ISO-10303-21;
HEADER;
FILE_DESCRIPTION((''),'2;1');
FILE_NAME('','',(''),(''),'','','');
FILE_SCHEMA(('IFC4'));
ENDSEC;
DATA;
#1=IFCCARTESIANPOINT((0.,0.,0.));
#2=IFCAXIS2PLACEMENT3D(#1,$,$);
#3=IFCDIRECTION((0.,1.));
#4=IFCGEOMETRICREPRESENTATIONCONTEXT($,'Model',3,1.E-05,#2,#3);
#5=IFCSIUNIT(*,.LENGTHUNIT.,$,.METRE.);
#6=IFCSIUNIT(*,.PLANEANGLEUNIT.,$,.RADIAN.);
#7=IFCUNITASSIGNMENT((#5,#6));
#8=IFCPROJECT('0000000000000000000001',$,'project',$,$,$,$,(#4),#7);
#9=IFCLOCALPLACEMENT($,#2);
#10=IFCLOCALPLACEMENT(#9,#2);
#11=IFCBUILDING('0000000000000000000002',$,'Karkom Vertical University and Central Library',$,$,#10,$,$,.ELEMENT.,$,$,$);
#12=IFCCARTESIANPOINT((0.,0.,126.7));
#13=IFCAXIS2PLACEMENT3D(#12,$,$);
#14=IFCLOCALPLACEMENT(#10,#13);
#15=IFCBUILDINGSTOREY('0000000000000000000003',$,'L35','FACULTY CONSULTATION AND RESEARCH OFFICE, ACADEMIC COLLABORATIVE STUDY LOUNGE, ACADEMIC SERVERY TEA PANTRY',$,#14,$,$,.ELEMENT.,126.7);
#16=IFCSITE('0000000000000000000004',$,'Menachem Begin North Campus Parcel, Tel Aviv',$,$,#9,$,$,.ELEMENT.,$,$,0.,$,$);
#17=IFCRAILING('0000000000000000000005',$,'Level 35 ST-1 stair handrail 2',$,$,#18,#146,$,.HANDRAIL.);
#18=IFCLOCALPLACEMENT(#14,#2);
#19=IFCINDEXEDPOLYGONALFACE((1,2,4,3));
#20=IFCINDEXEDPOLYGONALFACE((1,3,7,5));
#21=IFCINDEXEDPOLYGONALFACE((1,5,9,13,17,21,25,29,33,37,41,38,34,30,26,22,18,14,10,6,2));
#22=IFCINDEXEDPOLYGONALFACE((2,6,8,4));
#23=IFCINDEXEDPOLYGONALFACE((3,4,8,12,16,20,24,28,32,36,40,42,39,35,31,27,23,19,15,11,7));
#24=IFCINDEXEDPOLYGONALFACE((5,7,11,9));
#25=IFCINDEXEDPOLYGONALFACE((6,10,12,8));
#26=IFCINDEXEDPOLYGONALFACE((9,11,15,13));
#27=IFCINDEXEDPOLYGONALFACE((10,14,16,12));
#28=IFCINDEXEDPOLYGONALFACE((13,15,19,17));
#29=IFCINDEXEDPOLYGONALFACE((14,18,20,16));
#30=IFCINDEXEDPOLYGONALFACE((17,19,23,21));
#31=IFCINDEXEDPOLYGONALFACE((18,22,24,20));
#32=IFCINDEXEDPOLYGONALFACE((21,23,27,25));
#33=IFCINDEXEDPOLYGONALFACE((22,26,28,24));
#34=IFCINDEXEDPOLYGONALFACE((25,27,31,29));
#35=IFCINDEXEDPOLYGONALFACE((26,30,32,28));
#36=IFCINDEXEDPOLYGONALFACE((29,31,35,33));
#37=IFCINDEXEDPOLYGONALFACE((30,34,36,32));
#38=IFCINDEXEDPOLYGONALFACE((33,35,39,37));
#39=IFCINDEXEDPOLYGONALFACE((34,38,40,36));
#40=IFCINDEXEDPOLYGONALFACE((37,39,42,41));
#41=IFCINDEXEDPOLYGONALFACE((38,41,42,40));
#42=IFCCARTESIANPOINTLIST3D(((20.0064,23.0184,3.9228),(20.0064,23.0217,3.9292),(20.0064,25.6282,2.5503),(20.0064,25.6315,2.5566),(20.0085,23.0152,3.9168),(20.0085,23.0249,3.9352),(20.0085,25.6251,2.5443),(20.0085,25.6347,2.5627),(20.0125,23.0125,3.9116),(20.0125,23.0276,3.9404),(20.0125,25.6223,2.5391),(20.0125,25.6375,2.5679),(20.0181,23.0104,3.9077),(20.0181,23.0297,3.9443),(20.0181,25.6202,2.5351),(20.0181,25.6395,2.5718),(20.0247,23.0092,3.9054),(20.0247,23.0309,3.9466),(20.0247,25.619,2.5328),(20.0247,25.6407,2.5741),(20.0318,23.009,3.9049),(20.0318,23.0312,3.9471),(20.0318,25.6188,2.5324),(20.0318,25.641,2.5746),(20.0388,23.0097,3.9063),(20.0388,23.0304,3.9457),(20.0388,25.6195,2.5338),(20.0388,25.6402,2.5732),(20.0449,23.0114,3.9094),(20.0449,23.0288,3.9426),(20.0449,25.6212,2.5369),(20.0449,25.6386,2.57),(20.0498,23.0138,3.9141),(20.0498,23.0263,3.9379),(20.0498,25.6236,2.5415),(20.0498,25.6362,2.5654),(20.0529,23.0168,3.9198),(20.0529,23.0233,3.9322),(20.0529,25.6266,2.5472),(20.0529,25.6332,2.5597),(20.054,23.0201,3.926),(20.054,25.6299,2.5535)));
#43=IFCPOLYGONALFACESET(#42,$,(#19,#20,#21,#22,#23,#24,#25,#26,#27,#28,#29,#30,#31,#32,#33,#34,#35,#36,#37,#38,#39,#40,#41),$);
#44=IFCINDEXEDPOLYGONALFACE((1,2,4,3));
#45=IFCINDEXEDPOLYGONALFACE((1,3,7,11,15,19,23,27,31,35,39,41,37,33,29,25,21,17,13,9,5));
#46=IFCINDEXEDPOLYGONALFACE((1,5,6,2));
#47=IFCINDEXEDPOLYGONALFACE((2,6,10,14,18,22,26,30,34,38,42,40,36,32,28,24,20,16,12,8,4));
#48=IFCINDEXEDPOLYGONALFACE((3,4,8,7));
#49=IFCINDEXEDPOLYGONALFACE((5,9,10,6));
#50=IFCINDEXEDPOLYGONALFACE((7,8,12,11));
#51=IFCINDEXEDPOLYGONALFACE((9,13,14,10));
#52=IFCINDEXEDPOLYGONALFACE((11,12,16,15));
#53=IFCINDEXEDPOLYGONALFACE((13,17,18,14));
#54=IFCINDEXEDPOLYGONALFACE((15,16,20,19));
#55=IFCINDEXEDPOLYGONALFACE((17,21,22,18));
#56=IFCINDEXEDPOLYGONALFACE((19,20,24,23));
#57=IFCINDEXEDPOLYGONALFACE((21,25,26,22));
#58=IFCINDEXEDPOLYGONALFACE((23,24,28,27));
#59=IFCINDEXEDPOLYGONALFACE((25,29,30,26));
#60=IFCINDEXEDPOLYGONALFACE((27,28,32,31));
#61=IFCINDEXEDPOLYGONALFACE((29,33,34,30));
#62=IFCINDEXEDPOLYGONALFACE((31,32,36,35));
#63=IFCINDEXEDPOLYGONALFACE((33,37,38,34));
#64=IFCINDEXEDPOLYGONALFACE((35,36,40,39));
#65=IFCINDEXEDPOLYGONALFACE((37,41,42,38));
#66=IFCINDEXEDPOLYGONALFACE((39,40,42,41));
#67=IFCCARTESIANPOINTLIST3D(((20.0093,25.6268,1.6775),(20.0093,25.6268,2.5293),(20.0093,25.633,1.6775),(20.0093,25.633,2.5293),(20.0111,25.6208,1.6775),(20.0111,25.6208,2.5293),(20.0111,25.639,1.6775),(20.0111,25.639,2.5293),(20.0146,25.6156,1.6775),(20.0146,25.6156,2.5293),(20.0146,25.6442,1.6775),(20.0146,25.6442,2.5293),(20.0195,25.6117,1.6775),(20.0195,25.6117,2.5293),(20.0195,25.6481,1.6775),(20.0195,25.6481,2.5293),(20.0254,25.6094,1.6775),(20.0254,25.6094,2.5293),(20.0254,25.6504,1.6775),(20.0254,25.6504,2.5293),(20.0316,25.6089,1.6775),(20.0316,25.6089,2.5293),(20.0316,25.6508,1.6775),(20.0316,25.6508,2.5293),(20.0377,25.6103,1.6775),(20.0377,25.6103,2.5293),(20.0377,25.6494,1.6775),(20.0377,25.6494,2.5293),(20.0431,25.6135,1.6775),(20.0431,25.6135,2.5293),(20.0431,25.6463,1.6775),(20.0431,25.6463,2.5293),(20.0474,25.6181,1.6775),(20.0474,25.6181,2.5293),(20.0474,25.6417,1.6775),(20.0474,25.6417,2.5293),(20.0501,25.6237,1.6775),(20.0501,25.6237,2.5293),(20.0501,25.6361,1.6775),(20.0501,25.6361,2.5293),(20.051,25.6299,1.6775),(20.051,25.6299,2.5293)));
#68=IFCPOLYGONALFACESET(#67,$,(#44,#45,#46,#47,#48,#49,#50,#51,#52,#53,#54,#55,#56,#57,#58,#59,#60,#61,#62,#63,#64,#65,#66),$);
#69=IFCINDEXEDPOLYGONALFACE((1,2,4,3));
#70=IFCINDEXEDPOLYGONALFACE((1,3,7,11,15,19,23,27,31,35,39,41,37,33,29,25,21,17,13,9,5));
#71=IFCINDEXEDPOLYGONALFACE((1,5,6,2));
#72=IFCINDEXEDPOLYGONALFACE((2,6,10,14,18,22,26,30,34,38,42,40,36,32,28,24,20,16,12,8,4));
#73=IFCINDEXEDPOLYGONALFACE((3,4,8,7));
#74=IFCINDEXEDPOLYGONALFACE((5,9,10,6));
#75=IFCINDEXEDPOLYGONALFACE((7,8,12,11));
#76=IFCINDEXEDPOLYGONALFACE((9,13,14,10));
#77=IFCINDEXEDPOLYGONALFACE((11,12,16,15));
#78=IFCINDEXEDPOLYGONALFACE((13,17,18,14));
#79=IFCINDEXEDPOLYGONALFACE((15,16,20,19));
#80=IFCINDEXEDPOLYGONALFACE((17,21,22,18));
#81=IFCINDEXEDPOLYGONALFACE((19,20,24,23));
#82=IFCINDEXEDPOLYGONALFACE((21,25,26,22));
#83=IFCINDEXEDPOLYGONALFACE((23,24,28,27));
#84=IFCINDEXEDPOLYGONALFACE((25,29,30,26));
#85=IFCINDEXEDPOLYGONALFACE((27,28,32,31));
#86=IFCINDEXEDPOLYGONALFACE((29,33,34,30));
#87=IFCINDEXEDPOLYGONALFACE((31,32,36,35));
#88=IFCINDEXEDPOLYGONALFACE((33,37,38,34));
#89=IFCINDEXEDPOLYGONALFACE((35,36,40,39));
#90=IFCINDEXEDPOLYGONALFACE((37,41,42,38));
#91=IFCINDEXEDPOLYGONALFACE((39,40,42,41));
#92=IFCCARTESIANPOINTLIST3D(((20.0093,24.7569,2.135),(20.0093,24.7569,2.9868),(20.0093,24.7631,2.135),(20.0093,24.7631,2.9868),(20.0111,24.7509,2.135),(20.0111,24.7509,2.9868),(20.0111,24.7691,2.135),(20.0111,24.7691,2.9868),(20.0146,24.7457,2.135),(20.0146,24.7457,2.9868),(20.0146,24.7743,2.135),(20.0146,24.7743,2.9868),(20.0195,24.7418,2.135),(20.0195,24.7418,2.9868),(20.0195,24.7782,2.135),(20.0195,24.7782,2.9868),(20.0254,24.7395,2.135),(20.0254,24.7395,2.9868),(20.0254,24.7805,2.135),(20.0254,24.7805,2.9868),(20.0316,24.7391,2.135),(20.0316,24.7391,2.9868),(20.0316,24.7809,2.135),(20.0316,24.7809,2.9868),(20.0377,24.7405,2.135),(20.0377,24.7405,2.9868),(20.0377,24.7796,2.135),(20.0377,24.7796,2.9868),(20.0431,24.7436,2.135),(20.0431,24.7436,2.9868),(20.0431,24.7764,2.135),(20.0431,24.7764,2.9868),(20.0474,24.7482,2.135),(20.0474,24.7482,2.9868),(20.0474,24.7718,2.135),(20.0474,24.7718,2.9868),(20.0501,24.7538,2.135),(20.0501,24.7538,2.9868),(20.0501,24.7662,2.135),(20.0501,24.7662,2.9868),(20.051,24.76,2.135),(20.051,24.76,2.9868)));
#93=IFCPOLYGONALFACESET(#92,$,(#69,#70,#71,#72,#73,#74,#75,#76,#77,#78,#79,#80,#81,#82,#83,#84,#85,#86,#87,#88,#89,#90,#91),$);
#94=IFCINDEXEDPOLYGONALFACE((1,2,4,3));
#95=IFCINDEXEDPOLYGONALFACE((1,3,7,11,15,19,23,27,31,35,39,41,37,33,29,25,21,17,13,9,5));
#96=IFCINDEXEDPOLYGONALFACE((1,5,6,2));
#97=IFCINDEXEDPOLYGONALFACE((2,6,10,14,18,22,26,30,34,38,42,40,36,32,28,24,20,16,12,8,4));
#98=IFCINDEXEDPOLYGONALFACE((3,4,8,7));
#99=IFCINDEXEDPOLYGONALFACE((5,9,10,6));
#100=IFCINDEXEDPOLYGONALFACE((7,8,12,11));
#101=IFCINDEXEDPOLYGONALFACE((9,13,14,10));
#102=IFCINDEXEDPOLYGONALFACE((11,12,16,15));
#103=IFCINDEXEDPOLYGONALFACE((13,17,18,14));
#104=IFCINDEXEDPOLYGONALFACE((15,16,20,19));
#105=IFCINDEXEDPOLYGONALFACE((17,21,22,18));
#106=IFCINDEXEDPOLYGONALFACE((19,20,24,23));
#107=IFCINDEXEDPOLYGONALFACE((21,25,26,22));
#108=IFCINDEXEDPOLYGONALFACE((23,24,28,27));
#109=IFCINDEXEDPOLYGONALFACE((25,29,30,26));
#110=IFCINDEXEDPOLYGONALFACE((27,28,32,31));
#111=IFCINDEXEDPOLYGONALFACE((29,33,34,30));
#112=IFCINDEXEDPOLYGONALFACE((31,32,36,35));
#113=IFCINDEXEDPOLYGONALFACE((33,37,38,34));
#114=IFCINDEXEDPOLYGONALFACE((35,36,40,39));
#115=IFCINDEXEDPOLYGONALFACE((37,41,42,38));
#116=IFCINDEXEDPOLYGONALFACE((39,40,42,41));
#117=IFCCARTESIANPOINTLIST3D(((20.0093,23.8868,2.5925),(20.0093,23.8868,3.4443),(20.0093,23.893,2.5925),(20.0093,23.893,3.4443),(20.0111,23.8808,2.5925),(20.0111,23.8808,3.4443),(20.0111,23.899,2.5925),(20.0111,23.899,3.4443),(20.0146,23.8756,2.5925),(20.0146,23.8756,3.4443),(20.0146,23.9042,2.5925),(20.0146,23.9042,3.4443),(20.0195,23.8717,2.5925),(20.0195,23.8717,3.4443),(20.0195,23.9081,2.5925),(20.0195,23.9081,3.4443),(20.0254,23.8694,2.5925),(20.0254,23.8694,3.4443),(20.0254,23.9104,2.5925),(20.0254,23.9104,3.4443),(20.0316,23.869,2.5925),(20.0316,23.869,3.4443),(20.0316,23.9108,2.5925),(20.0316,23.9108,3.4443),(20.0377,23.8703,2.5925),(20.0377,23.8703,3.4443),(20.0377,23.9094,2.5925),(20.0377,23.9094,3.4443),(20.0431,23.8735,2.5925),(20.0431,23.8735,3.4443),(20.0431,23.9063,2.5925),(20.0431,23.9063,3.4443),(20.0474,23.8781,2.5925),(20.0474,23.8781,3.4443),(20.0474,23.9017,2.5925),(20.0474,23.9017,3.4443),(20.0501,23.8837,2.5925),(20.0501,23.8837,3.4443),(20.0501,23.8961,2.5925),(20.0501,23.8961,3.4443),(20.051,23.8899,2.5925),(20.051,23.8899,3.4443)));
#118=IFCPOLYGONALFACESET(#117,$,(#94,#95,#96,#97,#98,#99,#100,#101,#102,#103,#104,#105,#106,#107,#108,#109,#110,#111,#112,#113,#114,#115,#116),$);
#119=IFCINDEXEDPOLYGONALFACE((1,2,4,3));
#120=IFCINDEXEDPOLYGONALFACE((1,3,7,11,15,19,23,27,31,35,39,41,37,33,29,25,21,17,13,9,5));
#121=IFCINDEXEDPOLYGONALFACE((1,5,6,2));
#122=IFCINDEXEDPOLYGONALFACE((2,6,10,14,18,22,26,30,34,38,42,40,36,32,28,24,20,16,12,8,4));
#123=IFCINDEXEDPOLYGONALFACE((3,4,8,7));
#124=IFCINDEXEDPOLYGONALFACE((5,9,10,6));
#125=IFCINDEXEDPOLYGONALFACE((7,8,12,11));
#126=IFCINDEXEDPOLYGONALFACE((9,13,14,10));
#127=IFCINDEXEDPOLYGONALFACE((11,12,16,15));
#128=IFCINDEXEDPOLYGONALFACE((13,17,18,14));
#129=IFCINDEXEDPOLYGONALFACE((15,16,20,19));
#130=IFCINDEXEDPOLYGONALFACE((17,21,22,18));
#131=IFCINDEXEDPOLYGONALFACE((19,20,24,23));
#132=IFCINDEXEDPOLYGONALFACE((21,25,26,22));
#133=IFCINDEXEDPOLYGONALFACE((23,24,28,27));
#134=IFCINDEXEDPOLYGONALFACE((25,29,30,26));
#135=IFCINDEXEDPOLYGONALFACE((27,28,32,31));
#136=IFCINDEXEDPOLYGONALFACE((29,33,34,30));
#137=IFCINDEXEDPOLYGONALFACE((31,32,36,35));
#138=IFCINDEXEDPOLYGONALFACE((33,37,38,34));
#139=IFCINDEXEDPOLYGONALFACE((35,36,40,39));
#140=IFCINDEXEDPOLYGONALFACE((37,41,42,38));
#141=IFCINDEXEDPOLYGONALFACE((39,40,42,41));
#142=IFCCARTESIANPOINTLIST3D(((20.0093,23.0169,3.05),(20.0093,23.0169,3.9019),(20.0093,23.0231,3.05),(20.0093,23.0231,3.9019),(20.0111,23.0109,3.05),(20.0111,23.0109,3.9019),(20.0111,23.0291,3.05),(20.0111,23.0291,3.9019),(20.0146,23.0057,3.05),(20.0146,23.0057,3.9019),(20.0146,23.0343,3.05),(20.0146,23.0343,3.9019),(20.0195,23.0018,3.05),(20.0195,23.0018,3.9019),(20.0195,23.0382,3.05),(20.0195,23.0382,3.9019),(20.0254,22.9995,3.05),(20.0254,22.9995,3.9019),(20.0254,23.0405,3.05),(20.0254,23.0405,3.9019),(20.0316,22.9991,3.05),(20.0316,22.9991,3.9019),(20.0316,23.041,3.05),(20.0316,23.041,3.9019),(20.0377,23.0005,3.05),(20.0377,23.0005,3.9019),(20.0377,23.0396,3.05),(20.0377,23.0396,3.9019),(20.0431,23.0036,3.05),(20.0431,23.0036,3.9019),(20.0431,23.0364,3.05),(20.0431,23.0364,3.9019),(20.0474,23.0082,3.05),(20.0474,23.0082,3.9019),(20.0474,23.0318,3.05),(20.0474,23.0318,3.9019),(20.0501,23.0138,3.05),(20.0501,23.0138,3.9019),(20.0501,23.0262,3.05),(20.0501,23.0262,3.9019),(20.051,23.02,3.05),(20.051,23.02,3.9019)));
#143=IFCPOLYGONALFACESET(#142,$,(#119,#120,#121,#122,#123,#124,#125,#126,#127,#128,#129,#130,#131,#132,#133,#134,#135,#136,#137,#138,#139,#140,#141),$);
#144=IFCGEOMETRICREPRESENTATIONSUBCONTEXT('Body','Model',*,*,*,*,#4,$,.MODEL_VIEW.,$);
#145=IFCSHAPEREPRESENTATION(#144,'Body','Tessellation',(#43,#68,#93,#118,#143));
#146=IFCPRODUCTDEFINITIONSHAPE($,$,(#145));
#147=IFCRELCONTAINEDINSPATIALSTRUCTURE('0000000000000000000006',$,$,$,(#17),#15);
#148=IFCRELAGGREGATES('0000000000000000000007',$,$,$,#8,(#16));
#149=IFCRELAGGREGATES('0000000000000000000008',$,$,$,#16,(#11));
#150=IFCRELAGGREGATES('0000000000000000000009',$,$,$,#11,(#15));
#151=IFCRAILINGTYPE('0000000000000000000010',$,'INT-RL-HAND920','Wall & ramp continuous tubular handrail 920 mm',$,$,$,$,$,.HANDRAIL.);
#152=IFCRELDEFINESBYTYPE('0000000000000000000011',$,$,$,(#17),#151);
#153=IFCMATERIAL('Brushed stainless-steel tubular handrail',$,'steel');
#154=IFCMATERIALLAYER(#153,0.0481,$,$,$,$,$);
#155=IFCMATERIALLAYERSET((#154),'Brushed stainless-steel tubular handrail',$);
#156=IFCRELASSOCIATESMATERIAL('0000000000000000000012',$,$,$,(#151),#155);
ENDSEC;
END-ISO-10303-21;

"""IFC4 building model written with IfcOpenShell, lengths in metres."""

from ifc_helpers import new_model, si_unit, direction, frame, origin, origin_2d, place, context, subcontext, project, spatial, circle, extrude, material, layer, layer_set, type_object, element, save


model = new_model("IFC4")

# Units and contexts
model_context = context("Model", 3, precision=1e-05, world=origin(), true_north=direction((0.0, 1.0)))
body_context = subcontext(model_context, "Body", "Model", "MODEL_VIEW")
ifc_project = project(units=[si_unit("LENGTHUNIT", "METRE"), si_unit("PLANEANGLEUNIT", "RADIAN")], contexts=[model_context])

# Site, building, storey
site_placement = place(None, origin())
site = spatial("IfcSite", under=ifc_project, at=site_placement, Name="Menachem Begin North Campus Parcel, Tel Aviv", CompositionType="ELEMENT", RefElevation=0.0)
building_placement = place(site_placement, origin())
building = spatial("IfcBuilding", under=site, at=building_placement, Name="Karkom Vertical University and Central Library", CompositionType="ELEMENT")
storey_placement = place(building_placement, frame((0.0, 0.0, 126.7)))
storey = spatial("IfcBuildingStorey", under=building, at=storey_placement, Name="L35", Description="FACULTY CONSULTATION AND RESEARCH OFFICE, ACADEMIC COLLABORATIVE STUDY LOUNGE, ACADEMIC SERVERY TEA PANTRY", CompositionType="ELEMENT", Elevation=126.7)

# Railing
ifc_material_1 = material(Name="Brushed stainless-steel tubular handrail", Category="steel")
ifc_layer_1 = layer(ifc_material_1, 0.0481)
ifc_layer_set_1 = layer_set([ifc_layer_1], Name="Brushed stainless-steel tubular handrail")
railing_type_1 = type_object("IfcRailingType", Name="INT-RL-HAND920", Description="Wall & ramp continuous tubular handrail 920 mm", PredefinedType="HANDRAIL", material=ifc_layer_set_1)
railing_1_placement = place(storey_placement, frame((20.03, 25.6299, 1.6775)))
element("IfcRailing", 1, at=railing_1_placement, inside=storey, type_object=railing_type_1, Name="Level 35 ST-1 stair handrail 2", PredefinedType="HANDRAIL", context=body_context, shape_type="SweptSolid", body=[
    extrude(circle(Radius=0.0239, at=origin_2d()), frame((0.0, 0.0, 0.876), z_axis=(0.0, -0.885065, 0.465467), x_axis=(1.0, 0.0, 0.0)), (0.0, 0.0, 1.0), 2.9487),
    extrude(circle(Radius=0.021, at=origin_2d()), origin(), (0.0, 0.0, 1.0), 0.8518),
    extrude(circle(Radius=0.021, at=origin_2d()), frame((0.0, -0.8699, 0.4575)), (0.0, 0.0, 1.0), 0.8518),
    extrude(circle(Radius=0.021, at=origin_2d()), frame((0.0, -1.74, 0.915)), (0.0, 0.0, 1.0), 0.8518),
    extrude(circle(Radius=0.021, at=origin_2d()), frame((0.0, -2.6099, 1.3726)), (0.0, 0.0, 1.0), 0.8518),
])

save(model, "model.ifc")
